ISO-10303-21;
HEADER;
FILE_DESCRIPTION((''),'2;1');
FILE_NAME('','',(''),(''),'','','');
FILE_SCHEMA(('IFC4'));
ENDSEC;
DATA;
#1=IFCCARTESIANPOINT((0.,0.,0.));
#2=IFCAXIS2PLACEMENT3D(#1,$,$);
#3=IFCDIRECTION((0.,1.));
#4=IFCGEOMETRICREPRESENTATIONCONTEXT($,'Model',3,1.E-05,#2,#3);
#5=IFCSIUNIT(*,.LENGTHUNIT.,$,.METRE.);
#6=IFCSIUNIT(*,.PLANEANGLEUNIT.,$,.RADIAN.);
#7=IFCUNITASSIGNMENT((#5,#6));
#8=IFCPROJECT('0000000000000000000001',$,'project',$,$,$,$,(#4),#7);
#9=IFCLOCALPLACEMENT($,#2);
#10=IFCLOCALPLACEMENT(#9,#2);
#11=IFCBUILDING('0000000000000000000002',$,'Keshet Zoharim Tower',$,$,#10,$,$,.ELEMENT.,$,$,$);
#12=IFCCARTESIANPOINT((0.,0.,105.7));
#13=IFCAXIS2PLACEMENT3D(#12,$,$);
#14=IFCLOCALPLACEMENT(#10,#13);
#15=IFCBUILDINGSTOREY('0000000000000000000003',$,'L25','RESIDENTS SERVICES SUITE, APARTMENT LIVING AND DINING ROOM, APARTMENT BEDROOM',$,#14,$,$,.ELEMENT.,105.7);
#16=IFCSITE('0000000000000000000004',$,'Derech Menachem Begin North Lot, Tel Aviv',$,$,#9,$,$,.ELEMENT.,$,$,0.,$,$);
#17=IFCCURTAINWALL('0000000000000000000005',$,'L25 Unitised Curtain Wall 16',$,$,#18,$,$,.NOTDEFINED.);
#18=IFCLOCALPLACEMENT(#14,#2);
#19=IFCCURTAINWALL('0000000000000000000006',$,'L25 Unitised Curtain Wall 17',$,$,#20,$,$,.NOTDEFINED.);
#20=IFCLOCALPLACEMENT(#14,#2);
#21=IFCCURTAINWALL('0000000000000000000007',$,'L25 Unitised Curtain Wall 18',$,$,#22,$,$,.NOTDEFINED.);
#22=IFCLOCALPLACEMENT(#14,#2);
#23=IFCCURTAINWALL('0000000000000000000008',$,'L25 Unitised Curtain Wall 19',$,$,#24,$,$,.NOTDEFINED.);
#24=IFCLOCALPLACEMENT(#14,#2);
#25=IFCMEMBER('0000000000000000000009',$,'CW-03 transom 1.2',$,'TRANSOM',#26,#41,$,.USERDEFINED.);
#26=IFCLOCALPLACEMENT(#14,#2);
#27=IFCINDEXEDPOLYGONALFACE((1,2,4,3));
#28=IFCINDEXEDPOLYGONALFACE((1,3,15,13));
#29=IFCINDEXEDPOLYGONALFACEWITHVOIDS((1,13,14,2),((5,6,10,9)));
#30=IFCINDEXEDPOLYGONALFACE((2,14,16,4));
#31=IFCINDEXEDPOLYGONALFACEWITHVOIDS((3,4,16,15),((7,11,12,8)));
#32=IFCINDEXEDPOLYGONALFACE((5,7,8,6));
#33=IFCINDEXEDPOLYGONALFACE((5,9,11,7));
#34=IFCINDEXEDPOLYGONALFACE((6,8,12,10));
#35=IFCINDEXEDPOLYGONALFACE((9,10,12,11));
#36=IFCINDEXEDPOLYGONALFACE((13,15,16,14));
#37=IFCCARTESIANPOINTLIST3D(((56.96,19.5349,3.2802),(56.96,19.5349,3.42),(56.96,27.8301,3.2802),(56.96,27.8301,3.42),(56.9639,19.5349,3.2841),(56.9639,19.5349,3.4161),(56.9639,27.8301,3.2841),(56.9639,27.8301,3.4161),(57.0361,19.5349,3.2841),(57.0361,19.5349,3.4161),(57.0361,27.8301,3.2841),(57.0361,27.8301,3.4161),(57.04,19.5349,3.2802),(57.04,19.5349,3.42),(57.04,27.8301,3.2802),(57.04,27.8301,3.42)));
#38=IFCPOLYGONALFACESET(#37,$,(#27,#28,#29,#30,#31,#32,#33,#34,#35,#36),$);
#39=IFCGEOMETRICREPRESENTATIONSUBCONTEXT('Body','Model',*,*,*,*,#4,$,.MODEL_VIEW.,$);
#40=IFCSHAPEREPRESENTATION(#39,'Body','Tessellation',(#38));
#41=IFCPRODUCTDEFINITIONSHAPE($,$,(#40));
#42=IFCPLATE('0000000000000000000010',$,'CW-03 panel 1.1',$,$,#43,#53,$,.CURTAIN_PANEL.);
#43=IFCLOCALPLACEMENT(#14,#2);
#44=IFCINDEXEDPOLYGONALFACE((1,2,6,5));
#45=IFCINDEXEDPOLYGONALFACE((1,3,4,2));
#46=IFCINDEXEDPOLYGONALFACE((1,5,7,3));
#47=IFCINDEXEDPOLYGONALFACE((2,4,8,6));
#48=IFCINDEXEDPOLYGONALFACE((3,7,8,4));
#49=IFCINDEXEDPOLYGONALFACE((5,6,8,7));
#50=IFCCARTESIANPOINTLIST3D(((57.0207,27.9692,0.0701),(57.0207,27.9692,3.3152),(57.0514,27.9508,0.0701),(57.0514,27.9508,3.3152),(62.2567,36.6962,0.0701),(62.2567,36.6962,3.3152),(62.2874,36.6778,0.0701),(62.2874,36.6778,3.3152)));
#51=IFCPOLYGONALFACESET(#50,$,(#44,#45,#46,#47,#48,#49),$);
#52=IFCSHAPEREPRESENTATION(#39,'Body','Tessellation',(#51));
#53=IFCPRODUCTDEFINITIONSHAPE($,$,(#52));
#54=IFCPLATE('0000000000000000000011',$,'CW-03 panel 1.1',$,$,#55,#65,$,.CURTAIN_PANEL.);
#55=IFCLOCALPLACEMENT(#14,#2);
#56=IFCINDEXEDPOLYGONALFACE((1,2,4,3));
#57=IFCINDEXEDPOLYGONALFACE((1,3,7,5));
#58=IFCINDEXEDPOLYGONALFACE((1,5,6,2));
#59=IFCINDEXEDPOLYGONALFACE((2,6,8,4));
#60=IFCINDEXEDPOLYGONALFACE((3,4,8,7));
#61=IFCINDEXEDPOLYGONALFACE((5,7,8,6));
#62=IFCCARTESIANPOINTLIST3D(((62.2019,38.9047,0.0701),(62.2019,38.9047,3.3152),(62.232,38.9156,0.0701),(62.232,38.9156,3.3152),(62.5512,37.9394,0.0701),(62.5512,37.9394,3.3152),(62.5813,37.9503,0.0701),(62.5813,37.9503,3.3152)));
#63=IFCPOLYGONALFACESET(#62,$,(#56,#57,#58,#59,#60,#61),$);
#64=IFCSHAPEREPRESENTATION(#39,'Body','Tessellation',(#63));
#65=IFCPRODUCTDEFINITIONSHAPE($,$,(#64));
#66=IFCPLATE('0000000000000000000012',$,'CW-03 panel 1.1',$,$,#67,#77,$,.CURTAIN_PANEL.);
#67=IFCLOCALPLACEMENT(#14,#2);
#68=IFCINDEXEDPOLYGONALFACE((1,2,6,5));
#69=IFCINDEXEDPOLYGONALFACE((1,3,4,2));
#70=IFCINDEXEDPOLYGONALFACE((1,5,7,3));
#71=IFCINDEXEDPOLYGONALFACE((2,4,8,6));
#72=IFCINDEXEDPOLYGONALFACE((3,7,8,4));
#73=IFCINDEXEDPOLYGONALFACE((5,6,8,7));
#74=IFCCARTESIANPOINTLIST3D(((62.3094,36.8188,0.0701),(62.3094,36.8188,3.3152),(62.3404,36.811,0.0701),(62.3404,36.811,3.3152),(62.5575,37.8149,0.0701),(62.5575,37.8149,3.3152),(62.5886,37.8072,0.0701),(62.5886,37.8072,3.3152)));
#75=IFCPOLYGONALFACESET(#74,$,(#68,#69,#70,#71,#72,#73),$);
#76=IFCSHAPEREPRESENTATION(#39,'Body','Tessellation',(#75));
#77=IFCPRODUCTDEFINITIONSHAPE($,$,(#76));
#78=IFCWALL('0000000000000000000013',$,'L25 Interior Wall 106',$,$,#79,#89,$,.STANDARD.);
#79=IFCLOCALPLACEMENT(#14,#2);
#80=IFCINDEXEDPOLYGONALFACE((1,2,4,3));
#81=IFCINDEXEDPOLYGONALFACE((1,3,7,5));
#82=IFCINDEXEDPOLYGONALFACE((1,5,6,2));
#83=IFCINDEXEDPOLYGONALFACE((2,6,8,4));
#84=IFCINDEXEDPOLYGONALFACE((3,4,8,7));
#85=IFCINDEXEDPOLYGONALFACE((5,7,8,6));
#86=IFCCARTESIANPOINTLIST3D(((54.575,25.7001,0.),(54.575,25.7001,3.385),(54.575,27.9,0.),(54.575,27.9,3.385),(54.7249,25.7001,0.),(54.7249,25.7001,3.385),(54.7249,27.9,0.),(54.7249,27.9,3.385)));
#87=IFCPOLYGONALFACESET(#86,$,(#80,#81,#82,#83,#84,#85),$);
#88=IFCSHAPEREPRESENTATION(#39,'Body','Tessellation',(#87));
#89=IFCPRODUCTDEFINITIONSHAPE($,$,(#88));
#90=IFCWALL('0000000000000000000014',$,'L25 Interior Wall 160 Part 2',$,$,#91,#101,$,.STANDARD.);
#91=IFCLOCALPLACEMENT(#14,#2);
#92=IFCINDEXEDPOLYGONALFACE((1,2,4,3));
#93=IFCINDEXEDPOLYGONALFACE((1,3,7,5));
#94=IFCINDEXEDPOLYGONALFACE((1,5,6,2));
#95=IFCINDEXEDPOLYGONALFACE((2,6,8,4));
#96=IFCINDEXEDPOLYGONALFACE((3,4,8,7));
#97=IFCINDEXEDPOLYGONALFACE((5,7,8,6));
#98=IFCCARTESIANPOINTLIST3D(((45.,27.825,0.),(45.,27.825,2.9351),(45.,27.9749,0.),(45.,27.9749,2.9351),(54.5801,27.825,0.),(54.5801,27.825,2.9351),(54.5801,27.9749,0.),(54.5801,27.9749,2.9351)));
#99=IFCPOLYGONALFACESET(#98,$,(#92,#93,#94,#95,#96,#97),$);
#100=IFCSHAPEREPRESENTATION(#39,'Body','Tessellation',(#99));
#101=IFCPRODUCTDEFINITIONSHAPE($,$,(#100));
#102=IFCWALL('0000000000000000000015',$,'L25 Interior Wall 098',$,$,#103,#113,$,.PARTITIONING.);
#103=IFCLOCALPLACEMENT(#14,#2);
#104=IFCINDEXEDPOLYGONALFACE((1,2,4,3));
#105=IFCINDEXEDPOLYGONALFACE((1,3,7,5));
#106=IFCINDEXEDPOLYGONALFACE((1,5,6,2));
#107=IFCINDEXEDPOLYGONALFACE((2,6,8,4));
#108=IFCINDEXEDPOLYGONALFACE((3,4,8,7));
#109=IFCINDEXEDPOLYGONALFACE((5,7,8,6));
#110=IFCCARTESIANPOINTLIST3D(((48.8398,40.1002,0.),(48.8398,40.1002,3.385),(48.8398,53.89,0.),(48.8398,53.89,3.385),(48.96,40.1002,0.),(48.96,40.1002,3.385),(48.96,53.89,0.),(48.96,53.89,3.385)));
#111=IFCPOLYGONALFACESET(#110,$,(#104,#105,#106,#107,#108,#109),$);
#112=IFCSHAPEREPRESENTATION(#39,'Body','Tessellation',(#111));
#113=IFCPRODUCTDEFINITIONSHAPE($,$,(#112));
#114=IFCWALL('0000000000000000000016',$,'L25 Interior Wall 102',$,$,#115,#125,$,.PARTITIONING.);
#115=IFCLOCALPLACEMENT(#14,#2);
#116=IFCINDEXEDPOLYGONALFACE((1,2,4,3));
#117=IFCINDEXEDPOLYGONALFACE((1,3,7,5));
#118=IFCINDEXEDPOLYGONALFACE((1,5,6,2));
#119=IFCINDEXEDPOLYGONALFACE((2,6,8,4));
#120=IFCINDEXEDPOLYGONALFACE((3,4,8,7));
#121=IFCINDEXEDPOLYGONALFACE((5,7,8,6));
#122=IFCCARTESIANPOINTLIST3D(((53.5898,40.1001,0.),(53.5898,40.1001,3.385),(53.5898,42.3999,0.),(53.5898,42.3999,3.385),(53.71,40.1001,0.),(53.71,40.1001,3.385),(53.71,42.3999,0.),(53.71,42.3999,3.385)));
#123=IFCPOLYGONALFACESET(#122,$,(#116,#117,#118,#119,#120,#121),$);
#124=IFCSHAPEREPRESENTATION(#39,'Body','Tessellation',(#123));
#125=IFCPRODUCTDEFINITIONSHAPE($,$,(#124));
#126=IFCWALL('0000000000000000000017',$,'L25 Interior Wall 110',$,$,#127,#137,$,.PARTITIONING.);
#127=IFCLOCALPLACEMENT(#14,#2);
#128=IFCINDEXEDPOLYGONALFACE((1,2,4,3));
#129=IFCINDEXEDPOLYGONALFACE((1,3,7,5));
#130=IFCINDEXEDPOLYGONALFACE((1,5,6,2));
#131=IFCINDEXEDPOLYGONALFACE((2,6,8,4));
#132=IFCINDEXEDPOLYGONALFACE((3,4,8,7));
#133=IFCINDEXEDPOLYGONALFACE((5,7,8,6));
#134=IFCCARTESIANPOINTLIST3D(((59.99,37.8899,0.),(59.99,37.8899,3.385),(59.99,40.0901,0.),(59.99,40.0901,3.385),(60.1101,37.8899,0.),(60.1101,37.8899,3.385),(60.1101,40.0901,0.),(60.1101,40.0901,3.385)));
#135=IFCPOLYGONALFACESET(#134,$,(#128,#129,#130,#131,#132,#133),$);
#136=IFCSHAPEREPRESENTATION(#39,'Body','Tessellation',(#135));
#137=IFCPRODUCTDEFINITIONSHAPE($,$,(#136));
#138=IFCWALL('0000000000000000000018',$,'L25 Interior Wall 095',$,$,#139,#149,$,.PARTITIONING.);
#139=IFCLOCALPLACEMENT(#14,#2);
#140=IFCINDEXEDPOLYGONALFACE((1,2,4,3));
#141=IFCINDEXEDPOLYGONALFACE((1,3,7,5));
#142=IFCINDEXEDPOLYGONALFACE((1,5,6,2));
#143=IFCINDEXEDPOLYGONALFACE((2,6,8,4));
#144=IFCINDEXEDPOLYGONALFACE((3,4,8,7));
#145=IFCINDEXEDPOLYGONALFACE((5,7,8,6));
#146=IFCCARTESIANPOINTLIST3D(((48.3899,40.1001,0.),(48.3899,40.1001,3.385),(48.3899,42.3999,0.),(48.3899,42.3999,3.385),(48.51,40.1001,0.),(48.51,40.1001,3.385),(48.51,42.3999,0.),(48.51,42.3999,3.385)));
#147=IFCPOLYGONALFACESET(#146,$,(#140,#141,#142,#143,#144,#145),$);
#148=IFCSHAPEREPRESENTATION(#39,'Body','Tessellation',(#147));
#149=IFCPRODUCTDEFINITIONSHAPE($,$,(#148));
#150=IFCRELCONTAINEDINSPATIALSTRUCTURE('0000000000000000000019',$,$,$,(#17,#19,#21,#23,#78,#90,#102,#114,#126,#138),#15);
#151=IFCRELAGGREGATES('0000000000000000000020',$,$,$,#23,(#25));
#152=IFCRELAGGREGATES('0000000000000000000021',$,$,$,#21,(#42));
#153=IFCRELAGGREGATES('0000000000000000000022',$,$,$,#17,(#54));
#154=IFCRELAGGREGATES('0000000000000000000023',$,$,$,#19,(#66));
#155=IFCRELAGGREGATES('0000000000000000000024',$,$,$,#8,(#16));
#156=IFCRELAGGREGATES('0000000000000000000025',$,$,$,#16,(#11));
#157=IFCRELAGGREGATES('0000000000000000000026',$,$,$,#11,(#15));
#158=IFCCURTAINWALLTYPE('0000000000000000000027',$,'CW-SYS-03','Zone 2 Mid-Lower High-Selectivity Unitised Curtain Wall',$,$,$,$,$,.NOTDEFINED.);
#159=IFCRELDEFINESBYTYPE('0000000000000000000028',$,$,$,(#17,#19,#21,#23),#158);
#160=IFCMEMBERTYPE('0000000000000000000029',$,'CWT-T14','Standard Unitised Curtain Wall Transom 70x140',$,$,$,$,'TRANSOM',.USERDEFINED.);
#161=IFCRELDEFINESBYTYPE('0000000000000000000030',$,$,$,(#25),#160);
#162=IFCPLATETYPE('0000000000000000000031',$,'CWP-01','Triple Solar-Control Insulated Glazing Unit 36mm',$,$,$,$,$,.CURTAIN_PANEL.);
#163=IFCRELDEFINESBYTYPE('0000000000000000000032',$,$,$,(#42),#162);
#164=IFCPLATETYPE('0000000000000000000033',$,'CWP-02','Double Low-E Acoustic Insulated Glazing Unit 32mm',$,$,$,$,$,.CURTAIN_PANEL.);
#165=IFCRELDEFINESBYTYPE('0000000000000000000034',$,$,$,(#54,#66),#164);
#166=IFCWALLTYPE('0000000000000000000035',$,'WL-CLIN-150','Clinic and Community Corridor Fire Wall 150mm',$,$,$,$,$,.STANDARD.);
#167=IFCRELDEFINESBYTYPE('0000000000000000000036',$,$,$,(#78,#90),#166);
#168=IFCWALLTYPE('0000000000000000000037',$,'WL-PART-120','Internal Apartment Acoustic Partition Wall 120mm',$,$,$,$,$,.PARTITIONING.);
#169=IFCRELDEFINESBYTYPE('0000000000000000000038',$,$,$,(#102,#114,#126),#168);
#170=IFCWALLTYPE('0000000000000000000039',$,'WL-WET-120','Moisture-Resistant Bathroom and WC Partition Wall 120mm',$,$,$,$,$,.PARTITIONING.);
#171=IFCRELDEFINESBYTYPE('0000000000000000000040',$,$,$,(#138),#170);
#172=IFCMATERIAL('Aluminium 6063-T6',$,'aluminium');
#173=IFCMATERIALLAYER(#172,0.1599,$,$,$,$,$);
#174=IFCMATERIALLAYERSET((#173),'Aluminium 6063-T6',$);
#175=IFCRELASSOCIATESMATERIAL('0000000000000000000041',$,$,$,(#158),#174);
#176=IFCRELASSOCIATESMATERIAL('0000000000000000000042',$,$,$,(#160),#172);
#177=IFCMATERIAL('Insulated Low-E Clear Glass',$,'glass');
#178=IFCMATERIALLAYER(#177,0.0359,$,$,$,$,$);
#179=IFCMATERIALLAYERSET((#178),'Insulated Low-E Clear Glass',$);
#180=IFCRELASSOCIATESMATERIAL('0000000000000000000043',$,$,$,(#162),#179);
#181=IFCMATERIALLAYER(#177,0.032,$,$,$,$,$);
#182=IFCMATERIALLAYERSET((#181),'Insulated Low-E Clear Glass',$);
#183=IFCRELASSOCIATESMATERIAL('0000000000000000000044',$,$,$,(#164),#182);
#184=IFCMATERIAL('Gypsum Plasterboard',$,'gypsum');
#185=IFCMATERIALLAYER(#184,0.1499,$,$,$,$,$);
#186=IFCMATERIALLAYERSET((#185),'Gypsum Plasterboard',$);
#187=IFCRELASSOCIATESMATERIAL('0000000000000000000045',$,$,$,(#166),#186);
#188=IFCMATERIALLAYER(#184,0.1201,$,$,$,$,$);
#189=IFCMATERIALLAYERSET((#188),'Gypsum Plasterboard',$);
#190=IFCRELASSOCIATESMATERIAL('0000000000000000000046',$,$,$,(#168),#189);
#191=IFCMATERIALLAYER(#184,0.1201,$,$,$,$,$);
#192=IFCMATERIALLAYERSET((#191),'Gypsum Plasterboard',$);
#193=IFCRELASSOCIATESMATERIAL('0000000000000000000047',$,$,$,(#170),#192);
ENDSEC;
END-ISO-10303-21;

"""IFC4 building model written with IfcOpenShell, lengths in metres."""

from ifc_helpers import new_model, si_unit, direction, frame, frame_2d, origin, origin_2d, place, context, subcontext, project, spatial, rectangle, hollow_rectangle, extrude, material, layer, layer_set, material_profile, profile_set, type_object, element, aggregate, save


model = new_model("IFC4")

# Units and contexts
model_context = context("Model", 3, precision=1e-05, world=origin(), true_north=direction((0.0, 1.0)))
body_context = subcontext(model_context, "Body", "Model", "MODEL_VIEW")
ifc_project = project(units=[si_unit("LENGTHUNIT", "METRE"), si_unit("PLANEANGLEUNIT", "RADIAN")], contexts=[model_context])

# Site, building, storey
site_placement = place(None, origin())
site = spatial("IfcSite", under=ifc_project, at=site_placement, Name="Derech Menachem Begin North Lot, Tel Aviv", CompositionType="ELEMENT", RefElevation=0.0)
building_placement = place(site_placement, origin())
building = spatial("IfcBuilding", under=site, at=building_placement, Name="Keshet Zoharim Tower", CompositionType="ELEMENT")
storey_placement = place(building_placement, frame((0.0, 0.0, 105.7)))
storey = spatial("IfcBuildingStorey", under=building, at=storey_placement, Name="L25", Description="RESIDENTS SERVICES SUITE, APARTMENT LIVING AND DINING ROOM, APARTMENT BEDROOM", CompositionType="ELEMENT", Elevation=105.7)

# Shared definitions
ifc_material_1 = material(Name="Aluminium 6063-T6", Category="aluminium")
ifc_layer_1 = layer(ifc_material_1, 0.1599)
ifc_layer_set_1 = layer_set([ifc_layer_1], Name="Aluminium 6063-T6")
curtain_wall_type = type_object("IfcCurtainWallType", Name="CW-SYS-03", Description="Zone 2 Mid-Lower High-Selectivity Unitised Curtain Wall", PredefinedType="NOTDEFINED", material=ifc_layer_set_1)

# Curtain walls
curtain_wall_1_placement = place(storey_placement, origin())
curtain_wall_1 = element("IfcCurtainWall", 1, at=curtain_wall_1_placement, inside=storey, type_object=curtain_wall_type, Name="L25 Unitised Curtain Wall 16", PredefinedType="NOTDEFINED")
curtain_wall_2_placement = place(storey_placement, origin())
curtain_wall_2 = element("IfcCurtainWall", 2, at=curtain_wall_2_placement, inside=storey, type_object=curtain_wall_type, Name="L25 Unitised Curtain Wall 17", PredefinedType="NOTDEFINED")
curtain_wall_3_placement = place(storey_placement, origin())
curtain_wall_3 = element("IfcCurtainWall", 3, at=curtain_wall_3_placement, inside=storey, type_object=curtain_wall_type, Name="L25 Unitised Curtain Wall 18", PredefinedType="NOTDEFINED")

# Curtain wall
curtain_wall_4_placement = place(storey_placement, origin())
curtain_wall_4 = element("IfcCurtainWall", 4, at=curtain_wall_4_placement, inside=storey, type_object=curtain_wall_type, Name="L25 Unitised Curtain Wall 19", PredefinedType="NOTDEFINED")

# Member
ifc_material_profile_1 = material_profile(ifc_material_1, hollow_rectangle(XDim=0.0801, YDim=0.1399, WallThickness=0.0039, at=origin_2d()), Name="TRN-80x140")
ifc_profile_set_1 = profile_set([ifc_material_profile_1], Name="Aluminium 6063-T6")
member_type_1 = type_object("IfcMemberType", Name="CWT-T14", Description="Standard Unitised Curtain Wall Transom 70x140", ElementType="TRANSOM", PredefinedType="USERDEFINED", material=ifc_profile_set_1)
member_1_placement = place(storey_placement, frame((57.0, 27.8301, 3.3501), z_axis=(0.0, -1.0, 0.0), x_axis=(1.0, 0.0, 0.0)))
member_1 = element("IfcMember", 5, at=member_1_placement, type_object=member_type_1, Name="CW-03 transom 1.2", ObjectType="TRANSOM", PredefinedType="USERDEFINED", context=body_context, shape_type="SweptSolid", body=[
    extrude(hollow_rectangle(XDim=0.0801, YDim=0.1399, WallThickness=0.0039, at=origin_2d()), origin(), (0.0, 0.0, 1.0), 8.2952),
])
aggregate(curtain_wall_4, [member_1])

# Plates
ifc_material_2 = material(Name="Insulated Low-E Clear Glass", Category="glass")
ifc_layer_2 = layer(ifc_material_2, 0.0359)
ifc_layer_set_2 = layer_set([ifc_layer_2], Name="Insulated Low-E Clear Glass")
plate_type_1 = type_object("IfcPlateType", Name="CWP-01", Description="Triple Solar-Control Insulated Glazing Unit 36mm", PredefinedType="CURTAIN_PANEL", material=ifc_layer_set_2)
plate_1_placement = place(storey_placement, frame((59.6541, 32.3235, 0.0701), z_axis=(0.0, 0.0, 1.0), x_axis=(-0.514482, -0.857501, 0.0)))
plate_1 = element("IfcPlate", 6, at=plate_1_placement, type_object=plate_type_1, Name="CW-03 panel 1.1", PredefinedType="CURTAIN_PANEL", context=body_context, shape_type="SweptSolid", body=[
    extrude(rectangle(XDim=10.1772, YDim=0.0359, at=origin_2d()), origin(), (0.0, 0.0, 1.0), 3.2451),
])
aggregate(curtain_wall_3, [plate_1])
ifc_layer_3 = layer(ifc_material_2, 0.032)
ifc_layer_set_3 = layer_set([ifc_layer_3], Name="Insulated Low-E Clear Glass")
plate_type_2 = type_object("IfcPlateType", Name="CWP-02", Description="Double Low-E Acoustic Insulated Glazing Unit 32mm", PredefinedType="CURTAIN_PANEL", material=ifc_layer_set_3)
plate_2_placement = place(storey_placement, frame((62.3916, 38.4275, 0.0701), z_axis=(0.0, 0.0, 1.0), x_axis=(0.340297, -0.940318, 0.0)))
plate_2 = element("IfcPlate", 7, at=plate_2_placement, type_object=plate_type_2, Name="CW-03 panel 1.1", PredefinedType="CURTAIN_PANEL", context=body_context, shape_type="SweptSolid", body=[
    extrude(rectangle(XDim=1.0266, YDim=0.032, at=origin_2d()), origin(), (0.0, 0.0, 1.0), 3.2451),
])
aggregate(curtain_wall_1, [plate_2])
plate_3_placement = place(storey_placement, frame((62.449, 37.313, 0.0701), z_axis=(0.0, 0.0, 1.0), x_axis=(-0.241729, -0.970344, 0.0)))
plate_3 = element("IfcPlate", 8, at=plate_3_placement, type_object=plate_type_2, Name="CW-03 panel 1.1", PredefinedType="CURTAIN_PANEL", context=body_context, shape_type="SweptSolid", body=[
    extrude(rectangle(XDim=1.0266, YDim=0.032, at=origin_2d()), origin(), (0.0, 0.0, 1.0), 3.2451),
])
aggregate(curtain_wall_2, [plate_3])

# Walls
ifc_material_3 = material(Name="Gypsum Plasterboard", Category="gypsum")
ifc_layer_4 = layer(ifc_material_3, 0.1499)
ifc_layer_set_4 = layer_set([ifc_layer_4], Name="Gypsum Plasterboard")
wall_type_1 = type_object("IfcWallType", Name="WL-CLIN-150", Description="Clinic and Community Corridor Fire Wall 150mm", PredefinedType="STANDARD", material=ifc_layer_set_4)
wall_1_placement = place(storey_placement, frame((54.6499, 25.7, 0.0), z_axis=(0.0, 0.0, 1.0), x_axis=(0.0, 1.0, 0.0)))
element("IfcWall", 9, at=wall_1_placement, inside=storey, type_object=wall_type_1, Name="L25 Interior Wall 106", PredefinedType="STANDARD", context=body_context, shape_type="SweptSolid", body=[
    extrude(rectangle(XDim=2.2, YDim=0.1499, at=frame_2d((1.1001, 0.0))), origin(), (0.0, 0.0, 1.0), 3.385),
])
wall_2_placement = place(storey_placement, frame((45.0, 27.8999, 0.0), z_axis=(0.0, 0.0, 1.0), x_axis=(1.0, 0.0, 0.0)))
element("IfcWall", 10, at=wall_2_placement, inside=storey, type_object=wall_type_1, Name="L25 Interior Wall 160 Part 2", PredefinedType="STANDARD", context=body_context, shape_type="SweptSolid", body=[
    extrude(rectangle(XDim=9.5801, YDim=0.1499, at=frame_2d((4.79, 0.0))), origin(), (0.0, 0.0, 1.0), 2.9351),
])

# Walls
ifc_layer_5 = layer(ifc_material_3, 0.1201)
ifc_layer_set_5 = layer_set([ifc_layer_5], Name="Gypsum Plasterboard")
wall_type_2 = type_object("IfcWallType", Name="WL-PART-120", Description="Internal Apartment Acoustic Partition Wall 120mm", PredefinedType="PARTITIONING", material=ifc_layer_set_5)
wall_3_placement = place(storey_placement, frame((48.8999, 40.1001, 0.0), z_axis=(0.0, 0.0, 1.0), x_axis=(0.0, 1.0, 0.0)))
element("IfcWall", 11, at=wall_3_placement, inside=storey, type_object=wall_type_2, Name="L25 Interior Wall 098", PredefinedType="PARTITIONING", context=body_context, shape_type="SweptSolid", body=[
    extrude(rectangle(XDim=13.7898, YDim=0.1201, at=frame_2d((6.895, 0.0))), origin(), (0.0, 0.0, 1.0), 3.385),
])
wall_4_placement = place(storey_placement, frame((53.6499, 40.1001, 0.0), z_axis=(0.0, 0.0, 1.0), x_axis=(0.0, 1.0, 0.0)))
element("IfcWall", 12, at=wall_4_placement, inside=storey, type_object=wall_type_2, Name="L25 Interior Wall 102", PredefinedType="PARTITIONING", context=body_context, shape_type="SweptSolid", body=[
    extrude(rectangle(XDim=2.2998, YDim=0.1201, at=frame_2d((1.1499, 0.0))), origin(), (0.0, 0.0, 1.0), 3.385),
])
wall_5_placement = place(storey_placement, frame((60.05, 37.8899, 0.0), z_axis=(0.0, 0.0, 1.0), x_axis=(0.0, 1.0, 0.0)))
element("IfcWall", 13, at=wall_5_placement, inside=storey, type_object=wall_type_2, Name="L25 Interior Wall 110", PredefinedType="PARTITIONING", context=body_context, shape_type="SweptSolid", body=[
    extrude(rectangle(XDim=2.2002, YDim=0.1201, at=frame_2d((1.1001, 0.0))), origin(), (0.0, 0.0, 1.0), 3.385),
])
ifc_layer_6 = layer(ifc_material_3, 0.1201)
ifc_layer_set_6 = layer_set([ifc_layer_6], Name="Gypsum Plasterboard")
wall_type_3 = type_object("IfcWallType", Name="WL-WET-120", Description="Moisture-Resistant Bathroom and WC Partition Wall 120mm", PredefinedType="PARTITIONING", material=ifc_layer_set_6)
wall_6_placement = place(storey_placement, frame((48.45, 40.1001, 0.0), z_axis=(0.0, 0.0, 1.0), x_axis=(0.0, 1.0, 0.0)))
element("IfcWall", 14, at=wall_6_placement, inside=storey, type_object=wall_type_3, Name="L25 Interior Wall 095", PredefinedType="PARTITIONING", context=body_context, shape_type="SweptSolid", body=[
    extrude(rectangle(XDim=2.2998, YDim=0.1201, at=frame_2d((1.1499, 0.0))), origin(), (0.0, 0.0, 1.0), 3.385),
])

save(model, "model.ifc")
